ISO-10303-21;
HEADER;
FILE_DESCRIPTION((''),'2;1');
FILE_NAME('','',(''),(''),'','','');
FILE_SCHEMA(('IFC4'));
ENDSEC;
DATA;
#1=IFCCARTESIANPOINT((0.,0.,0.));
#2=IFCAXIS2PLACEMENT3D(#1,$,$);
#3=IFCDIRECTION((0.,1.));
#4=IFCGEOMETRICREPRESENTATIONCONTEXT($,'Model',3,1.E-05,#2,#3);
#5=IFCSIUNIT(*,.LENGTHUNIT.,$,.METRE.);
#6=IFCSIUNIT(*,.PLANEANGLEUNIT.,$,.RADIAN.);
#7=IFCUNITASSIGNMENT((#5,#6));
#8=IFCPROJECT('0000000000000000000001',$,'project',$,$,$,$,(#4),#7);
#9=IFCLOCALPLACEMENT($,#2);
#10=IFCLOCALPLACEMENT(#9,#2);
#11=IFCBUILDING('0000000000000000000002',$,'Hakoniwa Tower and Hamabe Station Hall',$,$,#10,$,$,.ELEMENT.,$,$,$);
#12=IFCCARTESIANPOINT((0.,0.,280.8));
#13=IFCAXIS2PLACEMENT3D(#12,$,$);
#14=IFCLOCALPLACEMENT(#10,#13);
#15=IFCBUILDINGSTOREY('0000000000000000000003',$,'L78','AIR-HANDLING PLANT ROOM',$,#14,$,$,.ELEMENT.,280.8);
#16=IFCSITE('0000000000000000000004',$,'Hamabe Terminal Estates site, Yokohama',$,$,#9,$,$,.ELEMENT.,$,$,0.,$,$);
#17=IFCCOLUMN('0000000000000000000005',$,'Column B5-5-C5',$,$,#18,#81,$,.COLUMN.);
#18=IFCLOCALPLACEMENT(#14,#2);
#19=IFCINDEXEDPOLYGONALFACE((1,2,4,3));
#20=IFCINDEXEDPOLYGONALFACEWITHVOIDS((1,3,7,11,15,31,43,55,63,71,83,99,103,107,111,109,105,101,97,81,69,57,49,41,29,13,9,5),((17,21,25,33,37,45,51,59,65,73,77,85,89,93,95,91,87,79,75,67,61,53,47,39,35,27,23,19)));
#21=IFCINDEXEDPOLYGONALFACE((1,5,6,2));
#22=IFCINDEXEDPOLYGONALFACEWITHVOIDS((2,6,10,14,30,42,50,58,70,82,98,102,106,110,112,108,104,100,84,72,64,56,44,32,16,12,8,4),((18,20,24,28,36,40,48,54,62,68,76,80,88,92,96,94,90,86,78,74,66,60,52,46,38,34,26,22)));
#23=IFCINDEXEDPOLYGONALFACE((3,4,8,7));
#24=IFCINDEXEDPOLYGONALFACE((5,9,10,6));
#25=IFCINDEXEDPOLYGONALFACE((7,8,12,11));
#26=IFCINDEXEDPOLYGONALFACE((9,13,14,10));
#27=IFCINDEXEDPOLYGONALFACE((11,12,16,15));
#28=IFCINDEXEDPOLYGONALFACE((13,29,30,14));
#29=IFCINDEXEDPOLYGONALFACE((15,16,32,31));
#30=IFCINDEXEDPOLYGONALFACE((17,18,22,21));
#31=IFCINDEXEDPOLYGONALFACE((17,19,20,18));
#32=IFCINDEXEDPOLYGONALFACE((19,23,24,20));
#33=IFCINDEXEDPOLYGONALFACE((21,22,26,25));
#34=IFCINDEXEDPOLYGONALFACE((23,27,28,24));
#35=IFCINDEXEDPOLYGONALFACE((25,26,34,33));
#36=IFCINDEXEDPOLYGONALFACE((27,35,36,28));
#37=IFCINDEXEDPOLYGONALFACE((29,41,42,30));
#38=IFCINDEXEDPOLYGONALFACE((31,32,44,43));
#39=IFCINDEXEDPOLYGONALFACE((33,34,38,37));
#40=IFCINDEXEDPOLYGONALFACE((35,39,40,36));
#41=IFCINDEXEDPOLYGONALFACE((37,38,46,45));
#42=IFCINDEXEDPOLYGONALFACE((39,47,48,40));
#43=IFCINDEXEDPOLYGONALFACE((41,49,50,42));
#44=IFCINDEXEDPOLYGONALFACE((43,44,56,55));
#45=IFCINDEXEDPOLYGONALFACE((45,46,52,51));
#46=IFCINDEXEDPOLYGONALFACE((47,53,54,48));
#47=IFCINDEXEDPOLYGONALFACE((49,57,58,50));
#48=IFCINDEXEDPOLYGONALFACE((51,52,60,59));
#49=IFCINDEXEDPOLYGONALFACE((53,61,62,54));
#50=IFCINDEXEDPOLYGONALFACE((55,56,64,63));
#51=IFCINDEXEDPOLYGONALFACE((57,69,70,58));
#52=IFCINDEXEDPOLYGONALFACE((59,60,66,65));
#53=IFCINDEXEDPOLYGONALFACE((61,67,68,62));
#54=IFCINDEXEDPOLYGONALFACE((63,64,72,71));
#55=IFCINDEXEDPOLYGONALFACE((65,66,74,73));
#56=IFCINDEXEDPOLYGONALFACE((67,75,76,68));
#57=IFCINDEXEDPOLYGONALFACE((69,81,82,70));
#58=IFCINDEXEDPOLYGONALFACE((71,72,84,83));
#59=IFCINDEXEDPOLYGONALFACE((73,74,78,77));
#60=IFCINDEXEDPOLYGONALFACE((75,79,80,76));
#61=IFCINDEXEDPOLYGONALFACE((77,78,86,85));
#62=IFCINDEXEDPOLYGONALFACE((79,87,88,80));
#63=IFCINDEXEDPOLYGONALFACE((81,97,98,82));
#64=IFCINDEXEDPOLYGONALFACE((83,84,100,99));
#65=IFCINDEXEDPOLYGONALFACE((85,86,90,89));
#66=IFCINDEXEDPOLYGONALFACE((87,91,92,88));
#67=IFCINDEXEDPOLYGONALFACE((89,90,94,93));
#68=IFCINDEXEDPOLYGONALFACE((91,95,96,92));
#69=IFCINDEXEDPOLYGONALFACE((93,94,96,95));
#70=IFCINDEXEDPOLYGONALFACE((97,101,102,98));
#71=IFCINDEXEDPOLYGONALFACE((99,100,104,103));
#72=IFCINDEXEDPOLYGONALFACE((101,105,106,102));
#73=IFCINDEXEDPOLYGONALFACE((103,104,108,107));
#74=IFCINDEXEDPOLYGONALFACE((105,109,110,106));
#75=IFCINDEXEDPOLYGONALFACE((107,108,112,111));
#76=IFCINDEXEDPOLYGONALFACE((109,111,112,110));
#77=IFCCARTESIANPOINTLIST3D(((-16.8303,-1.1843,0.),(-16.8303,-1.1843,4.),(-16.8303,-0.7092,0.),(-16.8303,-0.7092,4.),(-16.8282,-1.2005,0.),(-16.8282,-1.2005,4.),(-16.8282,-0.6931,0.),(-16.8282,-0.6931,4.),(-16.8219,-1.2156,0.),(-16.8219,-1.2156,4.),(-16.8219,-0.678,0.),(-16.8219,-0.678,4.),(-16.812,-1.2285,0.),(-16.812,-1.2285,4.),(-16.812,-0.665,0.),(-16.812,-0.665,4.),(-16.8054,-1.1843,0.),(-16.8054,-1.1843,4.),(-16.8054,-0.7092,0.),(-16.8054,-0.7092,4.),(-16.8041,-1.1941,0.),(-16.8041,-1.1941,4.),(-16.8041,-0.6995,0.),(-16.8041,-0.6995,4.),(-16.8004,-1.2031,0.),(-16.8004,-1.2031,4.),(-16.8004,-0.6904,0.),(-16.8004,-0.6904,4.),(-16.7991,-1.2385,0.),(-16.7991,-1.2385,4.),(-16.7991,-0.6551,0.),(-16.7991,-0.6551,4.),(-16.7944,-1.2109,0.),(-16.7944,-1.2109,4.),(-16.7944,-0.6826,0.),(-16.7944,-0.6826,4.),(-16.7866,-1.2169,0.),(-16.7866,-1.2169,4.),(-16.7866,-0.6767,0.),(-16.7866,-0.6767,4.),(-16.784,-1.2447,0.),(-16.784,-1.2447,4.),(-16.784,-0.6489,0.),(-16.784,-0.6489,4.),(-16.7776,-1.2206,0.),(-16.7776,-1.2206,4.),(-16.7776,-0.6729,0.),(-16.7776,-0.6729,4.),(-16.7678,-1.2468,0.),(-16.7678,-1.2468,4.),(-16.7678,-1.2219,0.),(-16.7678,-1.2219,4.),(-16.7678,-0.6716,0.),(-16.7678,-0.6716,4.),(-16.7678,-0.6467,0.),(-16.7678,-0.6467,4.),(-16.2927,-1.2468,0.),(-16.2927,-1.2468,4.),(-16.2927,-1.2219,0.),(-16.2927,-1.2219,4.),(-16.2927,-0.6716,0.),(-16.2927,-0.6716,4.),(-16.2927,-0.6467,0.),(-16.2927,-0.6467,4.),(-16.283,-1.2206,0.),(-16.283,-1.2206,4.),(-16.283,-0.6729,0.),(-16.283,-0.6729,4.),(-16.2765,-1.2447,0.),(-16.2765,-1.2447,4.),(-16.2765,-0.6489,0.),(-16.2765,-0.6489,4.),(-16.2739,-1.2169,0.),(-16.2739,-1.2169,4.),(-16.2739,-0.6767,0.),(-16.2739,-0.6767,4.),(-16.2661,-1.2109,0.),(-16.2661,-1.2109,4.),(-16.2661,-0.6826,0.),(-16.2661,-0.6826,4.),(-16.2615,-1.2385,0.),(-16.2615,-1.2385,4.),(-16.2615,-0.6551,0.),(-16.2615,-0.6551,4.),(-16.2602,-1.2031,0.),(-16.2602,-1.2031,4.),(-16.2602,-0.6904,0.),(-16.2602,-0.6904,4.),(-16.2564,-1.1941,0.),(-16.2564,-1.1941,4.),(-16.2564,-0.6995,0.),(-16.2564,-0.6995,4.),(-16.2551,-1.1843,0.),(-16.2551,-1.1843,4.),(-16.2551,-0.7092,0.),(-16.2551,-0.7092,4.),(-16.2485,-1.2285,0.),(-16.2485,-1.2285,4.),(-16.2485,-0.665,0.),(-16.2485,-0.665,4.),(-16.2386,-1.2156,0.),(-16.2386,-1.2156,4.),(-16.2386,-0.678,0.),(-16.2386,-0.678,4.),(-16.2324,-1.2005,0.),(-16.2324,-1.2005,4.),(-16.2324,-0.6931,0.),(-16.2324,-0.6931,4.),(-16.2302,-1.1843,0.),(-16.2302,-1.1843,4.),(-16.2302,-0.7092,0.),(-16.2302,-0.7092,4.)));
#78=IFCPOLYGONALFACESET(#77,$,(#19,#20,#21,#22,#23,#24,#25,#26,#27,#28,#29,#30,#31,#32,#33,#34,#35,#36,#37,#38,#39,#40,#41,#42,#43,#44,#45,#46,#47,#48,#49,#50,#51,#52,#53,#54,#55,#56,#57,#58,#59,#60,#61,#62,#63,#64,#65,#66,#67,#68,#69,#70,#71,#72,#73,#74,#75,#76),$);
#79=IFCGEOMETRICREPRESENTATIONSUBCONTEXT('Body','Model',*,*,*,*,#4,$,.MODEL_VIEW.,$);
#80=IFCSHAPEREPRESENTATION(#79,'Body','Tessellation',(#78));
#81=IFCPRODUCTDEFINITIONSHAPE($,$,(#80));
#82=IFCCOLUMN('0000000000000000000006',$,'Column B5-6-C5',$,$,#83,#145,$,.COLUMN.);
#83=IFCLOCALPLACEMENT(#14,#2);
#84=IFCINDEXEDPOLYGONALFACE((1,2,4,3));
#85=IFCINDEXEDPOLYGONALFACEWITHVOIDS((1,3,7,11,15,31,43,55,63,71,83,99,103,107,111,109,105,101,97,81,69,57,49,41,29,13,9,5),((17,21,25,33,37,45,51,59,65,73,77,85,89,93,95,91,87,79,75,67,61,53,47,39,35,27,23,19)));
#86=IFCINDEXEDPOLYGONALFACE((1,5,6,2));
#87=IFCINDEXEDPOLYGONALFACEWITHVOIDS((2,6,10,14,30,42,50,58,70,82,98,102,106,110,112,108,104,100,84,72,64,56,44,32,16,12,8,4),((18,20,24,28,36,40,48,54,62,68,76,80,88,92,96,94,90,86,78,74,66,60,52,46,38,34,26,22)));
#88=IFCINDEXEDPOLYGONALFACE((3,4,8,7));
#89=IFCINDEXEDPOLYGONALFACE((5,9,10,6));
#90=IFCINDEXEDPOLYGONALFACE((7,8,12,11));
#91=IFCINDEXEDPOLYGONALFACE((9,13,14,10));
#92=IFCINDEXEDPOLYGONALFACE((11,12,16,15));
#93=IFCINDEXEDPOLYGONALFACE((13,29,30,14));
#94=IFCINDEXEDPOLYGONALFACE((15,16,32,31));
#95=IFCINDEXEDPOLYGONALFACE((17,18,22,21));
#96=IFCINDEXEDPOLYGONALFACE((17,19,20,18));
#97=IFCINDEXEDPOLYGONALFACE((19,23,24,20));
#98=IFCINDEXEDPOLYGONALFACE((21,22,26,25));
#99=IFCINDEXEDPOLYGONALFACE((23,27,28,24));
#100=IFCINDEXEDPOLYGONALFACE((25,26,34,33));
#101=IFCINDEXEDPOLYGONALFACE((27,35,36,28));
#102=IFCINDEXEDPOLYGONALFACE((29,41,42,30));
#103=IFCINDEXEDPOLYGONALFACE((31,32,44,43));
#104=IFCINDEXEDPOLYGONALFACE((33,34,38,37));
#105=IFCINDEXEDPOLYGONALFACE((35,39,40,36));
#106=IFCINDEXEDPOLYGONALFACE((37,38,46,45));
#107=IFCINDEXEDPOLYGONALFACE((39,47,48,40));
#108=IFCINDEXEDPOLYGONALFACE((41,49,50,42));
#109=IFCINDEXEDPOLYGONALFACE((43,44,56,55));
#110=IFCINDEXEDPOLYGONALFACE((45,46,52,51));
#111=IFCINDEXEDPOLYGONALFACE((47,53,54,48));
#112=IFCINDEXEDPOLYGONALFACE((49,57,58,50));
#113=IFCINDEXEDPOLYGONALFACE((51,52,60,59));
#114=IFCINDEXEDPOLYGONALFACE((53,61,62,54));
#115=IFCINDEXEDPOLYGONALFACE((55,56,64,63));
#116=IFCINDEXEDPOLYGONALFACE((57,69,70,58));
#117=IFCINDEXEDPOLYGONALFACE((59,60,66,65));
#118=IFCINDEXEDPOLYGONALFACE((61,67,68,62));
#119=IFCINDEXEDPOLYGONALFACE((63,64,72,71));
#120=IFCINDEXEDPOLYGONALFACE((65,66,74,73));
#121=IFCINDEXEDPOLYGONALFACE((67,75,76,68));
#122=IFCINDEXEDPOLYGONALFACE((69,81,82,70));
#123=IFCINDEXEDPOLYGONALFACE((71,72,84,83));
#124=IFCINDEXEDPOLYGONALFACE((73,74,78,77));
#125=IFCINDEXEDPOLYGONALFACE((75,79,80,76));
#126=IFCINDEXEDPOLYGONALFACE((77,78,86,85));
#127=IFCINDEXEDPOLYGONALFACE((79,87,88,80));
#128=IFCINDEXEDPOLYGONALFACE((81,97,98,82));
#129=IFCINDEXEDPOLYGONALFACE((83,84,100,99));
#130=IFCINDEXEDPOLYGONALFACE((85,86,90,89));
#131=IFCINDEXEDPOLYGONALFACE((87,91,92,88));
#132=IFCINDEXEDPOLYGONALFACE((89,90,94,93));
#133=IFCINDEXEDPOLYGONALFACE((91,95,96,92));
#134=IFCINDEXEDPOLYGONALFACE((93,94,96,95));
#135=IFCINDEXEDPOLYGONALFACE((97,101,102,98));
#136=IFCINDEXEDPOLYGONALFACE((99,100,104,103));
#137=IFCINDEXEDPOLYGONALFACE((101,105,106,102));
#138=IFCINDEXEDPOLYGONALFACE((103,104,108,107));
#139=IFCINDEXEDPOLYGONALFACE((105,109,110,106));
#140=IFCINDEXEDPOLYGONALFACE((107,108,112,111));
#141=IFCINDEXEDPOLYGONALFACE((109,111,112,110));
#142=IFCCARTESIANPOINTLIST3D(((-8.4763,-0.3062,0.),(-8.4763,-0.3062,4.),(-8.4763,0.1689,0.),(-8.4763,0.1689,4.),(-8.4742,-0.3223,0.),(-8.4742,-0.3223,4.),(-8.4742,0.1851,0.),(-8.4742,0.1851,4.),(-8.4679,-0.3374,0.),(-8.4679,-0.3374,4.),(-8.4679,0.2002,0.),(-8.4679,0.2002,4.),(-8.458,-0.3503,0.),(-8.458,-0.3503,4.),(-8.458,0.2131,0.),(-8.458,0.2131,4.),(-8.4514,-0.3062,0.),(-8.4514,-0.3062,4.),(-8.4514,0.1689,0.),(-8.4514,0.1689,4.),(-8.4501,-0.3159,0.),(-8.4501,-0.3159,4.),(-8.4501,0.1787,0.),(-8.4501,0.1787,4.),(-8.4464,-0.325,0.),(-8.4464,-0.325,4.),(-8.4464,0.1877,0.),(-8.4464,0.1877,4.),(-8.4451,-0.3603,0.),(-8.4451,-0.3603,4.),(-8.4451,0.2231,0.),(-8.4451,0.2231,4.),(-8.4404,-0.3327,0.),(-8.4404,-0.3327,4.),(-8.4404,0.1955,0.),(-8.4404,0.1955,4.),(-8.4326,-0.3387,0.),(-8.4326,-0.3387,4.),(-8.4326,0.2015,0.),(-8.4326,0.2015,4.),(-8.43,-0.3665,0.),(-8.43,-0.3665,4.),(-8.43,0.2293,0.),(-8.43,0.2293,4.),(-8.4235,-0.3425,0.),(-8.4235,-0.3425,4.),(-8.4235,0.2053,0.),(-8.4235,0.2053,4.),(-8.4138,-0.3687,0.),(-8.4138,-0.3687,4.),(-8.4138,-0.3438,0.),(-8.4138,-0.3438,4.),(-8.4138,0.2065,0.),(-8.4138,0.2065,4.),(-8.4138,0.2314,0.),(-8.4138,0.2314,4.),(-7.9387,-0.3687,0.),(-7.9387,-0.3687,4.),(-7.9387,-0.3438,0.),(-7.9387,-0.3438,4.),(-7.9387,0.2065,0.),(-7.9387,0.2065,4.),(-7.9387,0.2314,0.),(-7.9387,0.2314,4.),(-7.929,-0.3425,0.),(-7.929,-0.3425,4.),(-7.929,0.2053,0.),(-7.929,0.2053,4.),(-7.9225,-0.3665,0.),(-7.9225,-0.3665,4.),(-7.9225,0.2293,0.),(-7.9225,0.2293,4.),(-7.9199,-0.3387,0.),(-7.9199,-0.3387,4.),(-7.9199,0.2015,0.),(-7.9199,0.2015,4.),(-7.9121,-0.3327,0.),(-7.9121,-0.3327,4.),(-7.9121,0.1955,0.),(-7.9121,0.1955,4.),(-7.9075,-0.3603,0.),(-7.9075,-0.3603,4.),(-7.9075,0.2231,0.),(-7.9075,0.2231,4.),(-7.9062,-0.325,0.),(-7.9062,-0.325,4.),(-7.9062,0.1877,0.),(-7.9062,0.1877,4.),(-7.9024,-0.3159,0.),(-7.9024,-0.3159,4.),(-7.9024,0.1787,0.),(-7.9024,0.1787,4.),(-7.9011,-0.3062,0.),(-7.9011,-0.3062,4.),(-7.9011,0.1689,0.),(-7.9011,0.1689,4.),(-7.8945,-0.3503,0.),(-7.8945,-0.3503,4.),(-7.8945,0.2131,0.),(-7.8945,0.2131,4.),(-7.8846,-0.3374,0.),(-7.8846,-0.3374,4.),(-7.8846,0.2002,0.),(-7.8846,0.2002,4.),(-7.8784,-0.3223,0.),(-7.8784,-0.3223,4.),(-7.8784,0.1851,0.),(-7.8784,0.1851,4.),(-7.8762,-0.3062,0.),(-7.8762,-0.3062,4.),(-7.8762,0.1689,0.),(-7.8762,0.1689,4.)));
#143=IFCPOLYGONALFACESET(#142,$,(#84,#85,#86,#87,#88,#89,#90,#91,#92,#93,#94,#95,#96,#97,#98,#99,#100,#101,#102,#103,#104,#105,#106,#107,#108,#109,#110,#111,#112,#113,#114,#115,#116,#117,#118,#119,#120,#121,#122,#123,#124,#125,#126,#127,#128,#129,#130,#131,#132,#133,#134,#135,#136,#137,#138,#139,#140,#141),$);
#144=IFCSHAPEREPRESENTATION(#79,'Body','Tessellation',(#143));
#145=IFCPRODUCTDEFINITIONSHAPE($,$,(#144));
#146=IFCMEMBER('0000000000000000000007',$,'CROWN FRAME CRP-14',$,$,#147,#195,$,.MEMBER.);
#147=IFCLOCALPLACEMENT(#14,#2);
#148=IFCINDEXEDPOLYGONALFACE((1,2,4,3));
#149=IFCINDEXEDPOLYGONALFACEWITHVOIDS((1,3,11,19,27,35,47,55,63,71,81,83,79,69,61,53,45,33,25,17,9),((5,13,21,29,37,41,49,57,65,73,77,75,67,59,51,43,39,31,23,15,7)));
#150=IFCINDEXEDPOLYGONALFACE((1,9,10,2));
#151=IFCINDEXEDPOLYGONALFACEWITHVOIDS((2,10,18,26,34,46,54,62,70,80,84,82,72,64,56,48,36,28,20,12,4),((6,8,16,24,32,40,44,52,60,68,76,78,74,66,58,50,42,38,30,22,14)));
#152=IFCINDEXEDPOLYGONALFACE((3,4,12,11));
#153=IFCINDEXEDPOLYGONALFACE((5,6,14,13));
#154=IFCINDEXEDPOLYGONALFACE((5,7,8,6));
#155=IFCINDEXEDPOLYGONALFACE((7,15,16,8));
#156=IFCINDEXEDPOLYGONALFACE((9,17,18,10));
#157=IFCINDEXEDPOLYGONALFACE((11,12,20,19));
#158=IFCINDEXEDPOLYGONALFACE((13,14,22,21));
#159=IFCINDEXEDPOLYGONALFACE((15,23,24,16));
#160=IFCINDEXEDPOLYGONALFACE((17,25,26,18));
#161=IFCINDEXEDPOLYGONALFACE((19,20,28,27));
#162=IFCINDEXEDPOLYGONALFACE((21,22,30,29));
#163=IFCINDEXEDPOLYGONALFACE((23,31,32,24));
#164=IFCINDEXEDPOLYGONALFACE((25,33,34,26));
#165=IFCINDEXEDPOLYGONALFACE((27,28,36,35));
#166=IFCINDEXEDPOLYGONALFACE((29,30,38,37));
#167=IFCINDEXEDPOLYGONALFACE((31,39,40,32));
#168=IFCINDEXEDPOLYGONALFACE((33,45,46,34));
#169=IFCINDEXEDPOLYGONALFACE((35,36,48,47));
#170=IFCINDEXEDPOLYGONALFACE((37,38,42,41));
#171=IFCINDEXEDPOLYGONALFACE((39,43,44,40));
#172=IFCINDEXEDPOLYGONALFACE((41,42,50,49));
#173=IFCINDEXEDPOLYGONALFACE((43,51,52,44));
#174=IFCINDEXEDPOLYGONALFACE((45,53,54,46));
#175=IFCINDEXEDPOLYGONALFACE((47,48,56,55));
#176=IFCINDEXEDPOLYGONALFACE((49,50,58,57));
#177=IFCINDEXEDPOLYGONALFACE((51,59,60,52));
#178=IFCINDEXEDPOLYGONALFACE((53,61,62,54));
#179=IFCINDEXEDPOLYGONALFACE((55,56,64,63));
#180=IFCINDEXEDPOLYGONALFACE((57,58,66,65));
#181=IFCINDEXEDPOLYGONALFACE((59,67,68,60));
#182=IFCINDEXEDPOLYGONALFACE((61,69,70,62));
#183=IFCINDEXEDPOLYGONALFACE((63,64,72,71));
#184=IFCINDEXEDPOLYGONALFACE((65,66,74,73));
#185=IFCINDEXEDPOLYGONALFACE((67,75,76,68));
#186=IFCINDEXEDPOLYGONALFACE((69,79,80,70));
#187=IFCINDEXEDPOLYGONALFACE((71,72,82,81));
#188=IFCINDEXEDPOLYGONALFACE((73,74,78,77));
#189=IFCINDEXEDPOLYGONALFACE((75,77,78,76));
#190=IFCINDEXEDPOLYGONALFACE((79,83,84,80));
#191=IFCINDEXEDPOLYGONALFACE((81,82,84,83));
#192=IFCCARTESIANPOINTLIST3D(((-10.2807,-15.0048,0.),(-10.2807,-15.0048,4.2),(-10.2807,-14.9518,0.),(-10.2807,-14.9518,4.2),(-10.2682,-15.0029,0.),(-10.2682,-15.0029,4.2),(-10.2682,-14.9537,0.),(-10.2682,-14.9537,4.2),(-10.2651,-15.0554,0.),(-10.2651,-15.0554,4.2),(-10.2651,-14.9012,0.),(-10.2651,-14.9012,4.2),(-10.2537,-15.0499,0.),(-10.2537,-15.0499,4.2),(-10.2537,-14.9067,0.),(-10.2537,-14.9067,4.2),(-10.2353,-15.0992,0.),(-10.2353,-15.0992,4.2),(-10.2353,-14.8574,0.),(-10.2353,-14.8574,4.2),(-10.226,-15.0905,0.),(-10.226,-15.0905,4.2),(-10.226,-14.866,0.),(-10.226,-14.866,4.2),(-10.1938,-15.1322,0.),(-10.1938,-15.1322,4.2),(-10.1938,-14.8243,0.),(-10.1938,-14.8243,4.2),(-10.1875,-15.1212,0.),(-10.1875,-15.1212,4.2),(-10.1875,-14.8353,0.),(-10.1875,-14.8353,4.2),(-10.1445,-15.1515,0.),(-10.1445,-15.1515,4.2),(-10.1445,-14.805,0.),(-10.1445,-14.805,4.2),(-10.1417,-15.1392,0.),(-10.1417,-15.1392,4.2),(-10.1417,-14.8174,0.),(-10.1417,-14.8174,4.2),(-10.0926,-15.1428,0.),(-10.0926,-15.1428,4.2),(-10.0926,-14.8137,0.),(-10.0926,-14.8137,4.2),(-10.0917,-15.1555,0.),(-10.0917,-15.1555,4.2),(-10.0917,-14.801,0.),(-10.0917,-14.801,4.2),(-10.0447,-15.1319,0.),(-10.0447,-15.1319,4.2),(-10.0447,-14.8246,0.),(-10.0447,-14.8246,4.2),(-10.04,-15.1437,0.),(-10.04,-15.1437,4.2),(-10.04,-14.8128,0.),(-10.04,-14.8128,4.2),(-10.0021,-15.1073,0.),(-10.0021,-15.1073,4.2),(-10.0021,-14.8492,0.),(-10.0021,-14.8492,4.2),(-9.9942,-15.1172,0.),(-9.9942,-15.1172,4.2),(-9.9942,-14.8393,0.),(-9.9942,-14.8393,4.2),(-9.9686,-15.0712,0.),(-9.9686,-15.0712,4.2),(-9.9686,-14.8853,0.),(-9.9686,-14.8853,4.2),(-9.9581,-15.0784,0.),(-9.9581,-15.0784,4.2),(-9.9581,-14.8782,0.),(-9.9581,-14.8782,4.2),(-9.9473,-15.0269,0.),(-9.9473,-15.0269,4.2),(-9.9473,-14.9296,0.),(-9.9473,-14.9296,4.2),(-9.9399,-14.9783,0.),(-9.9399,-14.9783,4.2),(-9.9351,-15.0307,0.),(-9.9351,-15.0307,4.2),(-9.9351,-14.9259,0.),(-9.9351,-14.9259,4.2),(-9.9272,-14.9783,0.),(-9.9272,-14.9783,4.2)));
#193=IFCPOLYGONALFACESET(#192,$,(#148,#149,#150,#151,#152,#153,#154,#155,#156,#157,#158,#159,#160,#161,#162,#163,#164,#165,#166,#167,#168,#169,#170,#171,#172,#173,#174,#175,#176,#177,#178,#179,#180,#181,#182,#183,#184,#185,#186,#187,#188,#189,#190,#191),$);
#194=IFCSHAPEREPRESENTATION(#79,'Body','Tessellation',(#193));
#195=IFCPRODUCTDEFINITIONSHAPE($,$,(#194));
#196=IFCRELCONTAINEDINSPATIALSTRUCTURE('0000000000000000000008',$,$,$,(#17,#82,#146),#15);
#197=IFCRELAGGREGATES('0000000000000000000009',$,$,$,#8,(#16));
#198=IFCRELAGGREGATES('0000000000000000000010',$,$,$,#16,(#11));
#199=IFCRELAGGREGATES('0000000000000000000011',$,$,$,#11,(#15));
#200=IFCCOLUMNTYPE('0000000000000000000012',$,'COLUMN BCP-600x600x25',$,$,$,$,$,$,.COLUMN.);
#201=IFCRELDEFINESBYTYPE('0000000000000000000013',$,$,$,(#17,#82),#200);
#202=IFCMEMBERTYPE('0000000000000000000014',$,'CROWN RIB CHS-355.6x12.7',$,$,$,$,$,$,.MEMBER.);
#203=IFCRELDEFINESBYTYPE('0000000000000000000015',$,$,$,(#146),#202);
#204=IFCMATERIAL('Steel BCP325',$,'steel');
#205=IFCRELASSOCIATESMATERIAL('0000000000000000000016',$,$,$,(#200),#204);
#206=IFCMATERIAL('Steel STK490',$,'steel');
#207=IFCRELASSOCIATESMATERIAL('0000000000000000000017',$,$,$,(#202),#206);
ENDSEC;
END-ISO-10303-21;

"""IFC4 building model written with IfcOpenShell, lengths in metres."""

from ifc_helpers import new_model, si_unit, direction, frame, origin, origin_2d, place, context, subcontext, project, spatial, hollow_rectangle, hollow_circle, extrude, material, material_profile, profile_set, type_object, element, save


model = new_model("IFC4")

# Units and contexts
model_context = context("Model", 3, precision=1e-05, world=origin(), true_north=direction((0.0, 1.0)))
body_context = subcontext(model_context, "Body", "Model", "MODEL_VIEW")
ifc_project = project(units=[si_unit("LENGTHUNIT", "METRE"), si_unit("PLANEANGLEUNIT", "RADIAN")], contexts=[model_context])

# Site, building, storey
site_placement = place(None, origin())
site = spatial("IfcSite", under=ifc_project, at=site_placement, Name="Hamabe Terminal Estates site, Yokohama", CompositionType="ELEMENT", RefElevation=0.0)
building_placement = place(site_placement, origin())
building = spatial("IfcBuilding", under=site, at=building_placement, Name="Hakoniwa Tower and Hamabe Station Hall", CompositionType="ELEMENT")
storey_placement = place(building_placement, frame((0.0, 0.0, 280.8)))
storey = spatial("IfcBuildingStorey", under=building, at=storey_placement, Name="L78", Description="AIR-HANDLING PLANT ROOM", CompositionType="ELEMENT", Elevation=280.8)

# Columns
ifc_material_1 = material(Name="Steel BCP325", Category="steel")
ifc_material_profile_1 = material_profile(ifc_material_1, hollow_rectangle(XDim=0.6001, YDim=0.6001, WallThickness=0.0249, InnerFilletRadius=0.0376, OuterFilletRadius=0.0625, at=origin_2d()), Name="BCP-600x600x25")
ifc_profile_set_1 = profile_set([ifc_material_profile_1], Name="Steel BCP325")
column_type_1 = type_object("IfcColumnType", Name="COLUMN BCP-600x600x25", PredefinedType="COLUMN", material=ifc_profile_set_1)
for number, where, z_axis, x_axis, name in (
    (1, (-16.5303, -0.9468, 0.0), (0.0, 0.0, 1.0), (1.0, 0.0, 0.0), "Column B5-5-C5"),
    (2, (-8.1763, -0.0686, 0.0), (0.0, 0.0, 1.0), (1.0, 0.0, 0.0), "Column B5-6-C5"),
):
    element("IfcColumn", number, at=place(storey_placement, frame(where, z_axis=z_axis, x_axis=x_axis)), inside=storey, type_object=column_type_1, Name=name, PredefinedType="COLUMN", context=body_context, shape_type="SweptSolid", body=[
        extrude(hollow_rectangle(XDim=0.6001, YDim=0.6001, WallThickness=0.0249, InnerFilletRadius=0.0376, OuterFilletRadius=0.0625, at=origin_2d()), origin(), (0.0, 0.0, 1.0), 4.0),
    ])

# Member
ifc_material_2 = material(Name="Steel STK490", Category="steel")
ifc_material_profile_2 = material_profile(ifc_material_2, hollow_circle(Radius=0.1777, WallThickness=0.0127, at=origin_2d()), Name="CHS-355.6x12.7")
ifc_profile_set_2 = profile_set([ifc_material_profile_2], Name="Steel STK490")
member_type = type_object("IfcMemberType", Name="CROWN RIB CHS-355.6x12.7", PredefinedType="MEMBER", material=ifc_profile_set_2)
member_placement = place(storey_placement, frame((-10.105, -14.9783, 0.0), z_axis=(0.0, 0.0, 1.0), x_axis=(1.0, 0.0, 0.0)))
element("IfcMember", 3, at=member_placement, inside=storey, type_object=member_type, Name="CROWN FRAME CRP-14", PredefinedType="MEMBER", context=body_context, shape_type="SweptSolid", body=[
    extrude(hollow_circle(Radius=0.1777, WallThickness=0.0127, at=origin_2d()), origin(), (0.0, 0.0, 1.0), 4.2),
])

save(model, "model.ifc")
